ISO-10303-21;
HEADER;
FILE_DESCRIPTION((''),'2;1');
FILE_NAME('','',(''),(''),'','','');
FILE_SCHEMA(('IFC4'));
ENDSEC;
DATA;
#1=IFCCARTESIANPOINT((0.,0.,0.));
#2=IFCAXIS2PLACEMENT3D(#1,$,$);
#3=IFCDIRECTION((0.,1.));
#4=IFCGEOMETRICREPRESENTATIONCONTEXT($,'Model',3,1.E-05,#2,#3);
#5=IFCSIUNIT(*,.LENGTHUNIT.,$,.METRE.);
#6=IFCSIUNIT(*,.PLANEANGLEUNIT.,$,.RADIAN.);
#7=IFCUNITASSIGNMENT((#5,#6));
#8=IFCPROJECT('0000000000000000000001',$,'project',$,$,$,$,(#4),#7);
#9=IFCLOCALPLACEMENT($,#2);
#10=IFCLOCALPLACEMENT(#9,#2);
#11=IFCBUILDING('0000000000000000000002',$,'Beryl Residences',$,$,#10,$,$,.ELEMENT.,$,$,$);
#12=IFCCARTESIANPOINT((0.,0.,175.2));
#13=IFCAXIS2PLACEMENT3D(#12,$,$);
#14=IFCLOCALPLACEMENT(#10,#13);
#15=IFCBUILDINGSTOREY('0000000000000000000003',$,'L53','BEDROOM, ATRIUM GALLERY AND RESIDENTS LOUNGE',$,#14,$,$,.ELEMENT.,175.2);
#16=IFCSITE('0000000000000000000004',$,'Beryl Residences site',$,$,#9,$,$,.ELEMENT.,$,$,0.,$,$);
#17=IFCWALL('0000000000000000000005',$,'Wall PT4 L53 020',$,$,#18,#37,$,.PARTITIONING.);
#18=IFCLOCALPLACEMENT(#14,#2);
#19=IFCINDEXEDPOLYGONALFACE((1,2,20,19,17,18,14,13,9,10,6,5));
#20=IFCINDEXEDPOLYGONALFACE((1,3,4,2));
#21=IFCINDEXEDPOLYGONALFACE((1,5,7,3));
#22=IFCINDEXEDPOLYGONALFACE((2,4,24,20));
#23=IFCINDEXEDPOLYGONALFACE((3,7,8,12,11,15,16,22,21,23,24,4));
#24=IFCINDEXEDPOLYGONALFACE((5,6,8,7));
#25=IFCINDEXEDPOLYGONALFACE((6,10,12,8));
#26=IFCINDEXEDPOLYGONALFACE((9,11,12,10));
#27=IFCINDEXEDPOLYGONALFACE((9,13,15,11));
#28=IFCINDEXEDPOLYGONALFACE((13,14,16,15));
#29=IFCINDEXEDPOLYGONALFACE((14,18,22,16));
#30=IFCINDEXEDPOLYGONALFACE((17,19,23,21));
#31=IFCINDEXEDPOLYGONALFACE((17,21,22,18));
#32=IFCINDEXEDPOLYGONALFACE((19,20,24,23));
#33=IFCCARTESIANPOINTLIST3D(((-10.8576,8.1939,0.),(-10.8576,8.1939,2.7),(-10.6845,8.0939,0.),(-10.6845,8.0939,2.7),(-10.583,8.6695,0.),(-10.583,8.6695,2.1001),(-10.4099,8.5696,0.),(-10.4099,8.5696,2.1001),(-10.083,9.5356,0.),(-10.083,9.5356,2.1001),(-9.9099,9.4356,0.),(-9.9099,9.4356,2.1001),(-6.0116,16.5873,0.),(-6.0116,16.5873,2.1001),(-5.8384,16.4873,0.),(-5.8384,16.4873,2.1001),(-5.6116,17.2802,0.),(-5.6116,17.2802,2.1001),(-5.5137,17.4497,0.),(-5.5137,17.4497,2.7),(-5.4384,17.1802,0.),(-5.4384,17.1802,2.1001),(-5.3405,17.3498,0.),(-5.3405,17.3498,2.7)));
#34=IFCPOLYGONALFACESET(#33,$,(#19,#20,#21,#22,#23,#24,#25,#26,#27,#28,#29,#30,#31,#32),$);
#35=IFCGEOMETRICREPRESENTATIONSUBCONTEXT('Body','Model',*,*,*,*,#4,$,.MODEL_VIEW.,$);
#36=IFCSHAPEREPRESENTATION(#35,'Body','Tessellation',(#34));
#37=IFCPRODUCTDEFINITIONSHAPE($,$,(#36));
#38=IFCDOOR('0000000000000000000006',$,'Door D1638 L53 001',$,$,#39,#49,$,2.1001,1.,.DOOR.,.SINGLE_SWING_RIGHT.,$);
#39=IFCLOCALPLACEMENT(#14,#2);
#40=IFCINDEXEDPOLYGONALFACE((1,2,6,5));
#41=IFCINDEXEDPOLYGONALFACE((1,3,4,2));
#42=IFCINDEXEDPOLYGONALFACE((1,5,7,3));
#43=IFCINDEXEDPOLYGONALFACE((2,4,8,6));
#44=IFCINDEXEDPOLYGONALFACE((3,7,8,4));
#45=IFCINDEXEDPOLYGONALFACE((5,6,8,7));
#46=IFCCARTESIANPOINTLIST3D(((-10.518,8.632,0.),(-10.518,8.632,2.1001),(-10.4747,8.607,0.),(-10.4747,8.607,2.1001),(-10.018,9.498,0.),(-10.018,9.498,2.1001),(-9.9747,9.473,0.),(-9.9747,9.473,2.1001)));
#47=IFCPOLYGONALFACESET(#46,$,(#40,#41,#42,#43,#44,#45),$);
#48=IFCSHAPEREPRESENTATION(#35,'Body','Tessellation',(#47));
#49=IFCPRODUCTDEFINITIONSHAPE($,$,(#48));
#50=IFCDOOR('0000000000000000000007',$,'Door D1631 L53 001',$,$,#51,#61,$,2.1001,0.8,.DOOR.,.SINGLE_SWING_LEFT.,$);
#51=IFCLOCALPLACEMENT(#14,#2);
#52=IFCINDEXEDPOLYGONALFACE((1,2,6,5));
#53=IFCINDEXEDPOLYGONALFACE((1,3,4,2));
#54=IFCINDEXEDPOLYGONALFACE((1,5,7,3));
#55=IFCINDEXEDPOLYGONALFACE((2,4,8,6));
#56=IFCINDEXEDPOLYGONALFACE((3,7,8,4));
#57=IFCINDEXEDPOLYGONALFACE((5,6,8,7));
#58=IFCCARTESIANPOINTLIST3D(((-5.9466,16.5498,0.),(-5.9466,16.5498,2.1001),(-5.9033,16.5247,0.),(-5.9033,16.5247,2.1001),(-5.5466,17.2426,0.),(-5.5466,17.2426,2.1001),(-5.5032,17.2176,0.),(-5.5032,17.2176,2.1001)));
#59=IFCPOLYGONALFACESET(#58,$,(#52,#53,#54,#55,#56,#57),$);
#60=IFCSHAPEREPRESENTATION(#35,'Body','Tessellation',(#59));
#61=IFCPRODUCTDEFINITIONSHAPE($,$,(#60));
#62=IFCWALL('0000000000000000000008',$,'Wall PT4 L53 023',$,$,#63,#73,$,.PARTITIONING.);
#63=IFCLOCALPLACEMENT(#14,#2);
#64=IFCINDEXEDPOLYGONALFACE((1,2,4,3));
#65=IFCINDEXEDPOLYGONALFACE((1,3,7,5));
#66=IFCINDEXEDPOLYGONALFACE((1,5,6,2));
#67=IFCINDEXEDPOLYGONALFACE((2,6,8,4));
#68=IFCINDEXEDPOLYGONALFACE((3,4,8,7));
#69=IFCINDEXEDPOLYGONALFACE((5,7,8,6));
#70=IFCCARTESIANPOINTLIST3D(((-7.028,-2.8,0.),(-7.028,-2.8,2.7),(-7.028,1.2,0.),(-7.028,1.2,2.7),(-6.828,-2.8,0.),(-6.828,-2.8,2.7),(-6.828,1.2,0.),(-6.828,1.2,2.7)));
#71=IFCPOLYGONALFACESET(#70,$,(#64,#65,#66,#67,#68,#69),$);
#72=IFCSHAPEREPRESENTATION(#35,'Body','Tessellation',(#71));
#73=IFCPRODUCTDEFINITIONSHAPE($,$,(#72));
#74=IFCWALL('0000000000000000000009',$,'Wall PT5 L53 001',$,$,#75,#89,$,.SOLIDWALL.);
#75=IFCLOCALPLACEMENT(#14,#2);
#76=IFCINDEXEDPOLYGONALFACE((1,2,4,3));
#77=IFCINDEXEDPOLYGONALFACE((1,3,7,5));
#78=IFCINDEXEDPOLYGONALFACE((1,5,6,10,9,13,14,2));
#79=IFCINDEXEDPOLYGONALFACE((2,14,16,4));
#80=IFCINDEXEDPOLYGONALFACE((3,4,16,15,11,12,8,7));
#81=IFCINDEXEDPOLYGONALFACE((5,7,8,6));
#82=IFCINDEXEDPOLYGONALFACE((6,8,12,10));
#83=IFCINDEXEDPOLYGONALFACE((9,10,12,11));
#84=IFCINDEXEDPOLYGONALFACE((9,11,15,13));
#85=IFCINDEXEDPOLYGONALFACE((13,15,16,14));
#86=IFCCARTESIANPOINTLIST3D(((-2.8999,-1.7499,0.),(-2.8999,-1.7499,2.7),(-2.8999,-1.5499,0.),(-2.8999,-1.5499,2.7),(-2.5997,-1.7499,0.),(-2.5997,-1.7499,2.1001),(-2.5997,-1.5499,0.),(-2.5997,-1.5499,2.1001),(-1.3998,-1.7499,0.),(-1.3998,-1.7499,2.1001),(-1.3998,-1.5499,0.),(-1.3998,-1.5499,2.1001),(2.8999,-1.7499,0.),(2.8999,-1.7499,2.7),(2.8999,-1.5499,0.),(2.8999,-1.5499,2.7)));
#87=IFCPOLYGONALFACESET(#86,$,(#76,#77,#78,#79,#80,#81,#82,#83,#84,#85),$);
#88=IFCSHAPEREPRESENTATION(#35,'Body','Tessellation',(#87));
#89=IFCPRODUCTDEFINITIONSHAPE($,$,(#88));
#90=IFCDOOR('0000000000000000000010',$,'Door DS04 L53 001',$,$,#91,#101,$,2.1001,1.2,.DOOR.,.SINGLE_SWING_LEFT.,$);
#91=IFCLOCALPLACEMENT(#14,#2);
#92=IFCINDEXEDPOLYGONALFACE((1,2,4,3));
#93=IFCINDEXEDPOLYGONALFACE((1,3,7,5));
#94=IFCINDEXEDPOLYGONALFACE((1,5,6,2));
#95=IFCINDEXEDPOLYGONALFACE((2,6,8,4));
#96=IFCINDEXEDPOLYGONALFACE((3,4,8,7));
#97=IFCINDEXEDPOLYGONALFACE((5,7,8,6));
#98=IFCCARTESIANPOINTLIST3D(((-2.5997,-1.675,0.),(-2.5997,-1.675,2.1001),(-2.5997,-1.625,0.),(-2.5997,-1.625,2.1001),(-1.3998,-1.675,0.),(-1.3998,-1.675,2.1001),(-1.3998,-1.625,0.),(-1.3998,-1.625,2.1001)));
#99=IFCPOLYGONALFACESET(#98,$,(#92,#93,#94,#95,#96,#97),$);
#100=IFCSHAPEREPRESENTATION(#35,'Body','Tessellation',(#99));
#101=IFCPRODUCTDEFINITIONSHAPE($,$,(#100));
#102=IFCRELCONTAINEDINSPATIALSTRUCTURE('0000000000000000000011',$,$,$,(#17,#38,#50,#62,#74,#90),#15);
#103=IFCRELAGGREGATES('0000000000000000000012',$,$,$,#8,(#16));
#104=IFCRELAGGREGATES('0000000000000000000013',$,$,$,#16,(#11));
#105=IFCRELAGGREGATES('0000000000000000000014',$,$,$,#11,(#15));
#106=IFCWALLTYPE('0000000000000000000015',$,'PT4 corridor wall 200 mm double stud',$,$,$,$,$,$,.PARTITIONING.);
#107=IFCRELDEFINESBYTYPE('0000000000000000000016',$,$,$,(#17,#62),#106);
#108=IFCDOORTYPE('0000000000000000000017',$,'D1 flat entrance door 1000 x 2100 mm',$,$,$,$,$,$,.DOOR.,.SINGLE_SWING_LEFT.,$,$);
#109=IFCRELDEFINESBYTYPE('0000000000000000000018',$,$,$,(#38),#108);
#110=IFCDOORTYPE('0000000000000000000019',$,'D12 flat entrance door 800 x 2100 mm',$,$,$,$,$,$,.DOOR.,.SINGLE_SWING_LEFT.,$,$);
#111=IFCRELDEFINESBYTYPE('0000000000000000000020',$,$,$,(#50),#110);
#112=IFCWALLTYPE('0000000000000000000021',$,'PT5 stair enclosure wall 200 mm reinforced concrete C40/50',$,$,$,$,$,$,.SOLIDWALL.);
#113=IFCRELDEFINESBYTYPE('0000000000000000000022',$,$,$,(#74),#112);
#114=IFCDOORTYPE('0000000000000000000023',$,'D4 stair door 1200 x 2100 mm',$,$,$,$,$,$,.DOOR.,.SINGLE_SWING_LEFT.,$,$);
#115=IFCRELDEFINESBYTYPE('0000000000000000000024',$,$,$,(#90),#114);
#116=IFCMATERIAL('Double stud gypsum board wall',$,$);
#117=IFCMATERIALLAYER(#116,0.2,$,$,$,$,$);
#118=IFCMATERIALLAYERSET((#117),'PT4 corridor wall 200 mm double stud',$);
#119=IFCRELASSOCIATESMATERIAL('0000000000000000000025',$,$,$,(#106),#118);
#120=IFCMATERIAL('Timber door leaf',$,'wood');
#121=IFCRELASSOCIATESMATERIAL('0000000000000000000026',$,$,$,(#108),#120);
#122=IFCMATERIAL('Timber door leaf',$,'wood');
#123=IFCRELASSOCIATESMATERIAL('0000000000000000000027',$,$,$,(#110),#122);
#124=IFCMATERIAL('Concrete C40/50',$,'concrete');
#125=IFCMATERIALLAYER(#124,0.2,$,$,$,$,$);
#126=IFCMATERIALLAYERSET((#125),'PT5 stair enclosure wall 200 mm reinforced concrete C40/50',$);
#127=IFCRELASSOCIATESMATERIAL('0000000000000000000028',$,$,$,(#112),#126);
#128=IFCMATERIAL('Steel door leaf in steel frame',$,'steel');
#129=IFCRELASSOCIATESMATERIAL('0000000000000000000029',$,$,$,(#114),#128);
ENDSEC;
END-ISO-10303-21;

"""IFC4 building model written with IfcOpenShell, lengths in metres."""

from ifc_helpers import new_model, si_unit, direction, frame, frame_2d, origin, place, context, subcontext, project, spatial, rectangle, extrude, material, layer, layer_set, type_object, element, fill, save


model = new_model("IFC4")

# Units and contexts
model_context = context("Model", 3, precision=1e-05, world=origin(), true_north=direction((0.0, 1.0)))
body_context = subcontext(model_context, "Body", "Model", "MODEL_VIEW")
ifc_project = project(units=[si_unit("LENGTHUNIT", "METRE"), si_unit("PLANEANGLEUNIT", "RADIAN")], contexts=[model_context])

# Site, building, storey
site_placement = place(None, origin())
site = spatial("IfcSite", under=ifc_project, at=site_placement, Name="Beryl Residences site", CompositionType="ELEMENT", RefElevation=0.0)
building_placement = place(site_placement, origin())
building = spatial("IfcBuilding", under=site, at=building_placement, Name="Beryl Residences", CompositionType="ELEMENT")
storey_placement = place(building_placement, frame((0.0, 0.0, 175.2)))
storey = spatial("IfcBuildingStorey", under=building, at=storey_placement, Name="L53", Description="BEDROOM, ATRIUM GALLERY AND RESIDENTS LOUNGE", CompositionType="ELEMENT", Elevation=175.2)

# Shared definitions
ifc_material_1 = material(Name="Double stud gypsum board wall")
ifc_layer_1 = layer(ifc_material_1, 0.2)
ifc_layer_set_1 = layer_set([ifc_layer_1], Name="PT4 corridor wall 200 mm double stud")
wall_type_1 = type_object("IfcWallType", Name="PT4 corridor wall 200 mm double stud", PredefinedType="PARTITIONING", material=ifc_layer_set_1)

# Shared definitions
ifc_material_2 = material(Name="Timber door leaf", Category="wood")
door_type_1 = type_object("IfcDoorType", Name="D1 flat entrance door 1000 x 2100 mm", OperationType="SINGLE_SWING_LEFT", PredefinedType="DOOR", material=ifc_material_2)

# Wall, openings, doors
wall_1_placement = place(storey_placement, frame((-10.771, 8.144, 0.0), z_axis=(0.0, 0.0, 1.0), x_axis=(0.500009, 0.86602, 0.0)))
wall_1 = element("IfcWall", 1, at=wall_1_placement, inside=storey, type_object=wall_type_1, Name="Wall PT4 L53 020", PredefinedType="PARTITIONING", context=body_context, shape_type="SweptSolid", body=[
    extrude(rectangle(XDim=10.6877, YDim=0.2, at=frame_2d((5.3438, 0.0))), origin(), (0.0, 0.0, 1.0), 2.7),
])
opening_1_placement = place(wall_1_placement, frame((9.6919, 0.0, 0.0)))
opening_1 = element("IfcOpeningElement", 2, at=opening_1_placement, cuts=wall_1, PredefinedType="OPENING", context=body_context, shape_type="SweptSolid", body=[
    extrude(rectangle(XDim=0.8, YDim=2.1001, at=frame_2d((0.3999, 1.05))), frame((0.0, 0.1099, 0.0), z_axis=(0.0, -1.0, 0.0), x_axis=(1.0, 0.0, 0.0)), (0.0, 0.0, 1.0), 0.22),
])
opening_2_placement = place(wall_1_placement, frame((0.5491, 0.0, 0.0)))
opening_2 = element("IfcOpeningElement", 3, at=opening_2_placement, cuts=wall_1, PredefinedType="OPENING", context=body_context, shape_type="SweptSolid", body=[
    extrude(rectangle(XDim=1.0, YDim=2.1001, at=frame_2d((0.5, 1.05))), frame((0.0, 0.1099, 0.0), z_axis=(0.0, -1.0, 0.0), x_axis=(1.0, 0.0, 0.0)), (0.0, 0.0, 1.0), 0.22),
])
door_1_placement = place(opening_2_placement, origin())
door_1 = element("IfcDoor", 4, at=door_1_placement, inside=storey, type_object=door_type_1, Name="Door D1638 L53 001", OperationType="SINGLE_SWING_RIGHT", OverallHeight=2.1001, OverallWidth=1.0, PredefinedType="DOOR", context=body_context, shape_type="SweptSolid", body=[
    extrude(rectangle(XDim=1.0, YDim=2.1001, at=frame_2d((0.5, 1.05))), frame((0.0, 0.0249, 0.0), z_axis=(0.0, -1.0, 0.0), x_axis=(1.0, 0.0, 0.0)), (0.0, 0.0, 1.0), 0.05),
])
fill(opening_2, door_1)
ifc_material_3 = material(Name="Timber door leaf", Category="wood")
door_type_2 = type_object("IfcDoorType", Name="D12 flat entrance door 800 x 2100 mm", OperationType="SINGLE_SWING_LEFT", PredefinedType="DOOR", material=ifc_material_3)
door_2_placement = place(opening_1_placement, origin())
door_2 = element("IfcDoor", 5, at=door_2_placement, inside=storey, type_object=door_type_2, Name="Door D1631 L53 001", OperationType="SINGLE_SWING_LEFT", OverallHeight=2.1001, OverallWidth=0.8, PredefinedType="DOOR", context=body_context, shape_type="SweptSolid", body=[
    extrude(rectangle(XDim=0.8, YDim=2.1001, at=frame_2d((0.3999, 1.05))), frame((0.0, 0.0249, 0.0), z_axis=(0.0, -1.0, 0.0), x_axis=(1.0, 0.0, 0.0)), (0.0, 0.0, 1.0), 0.05),
])
fill(opening_1, door_2)

# Wall
wall_2_placement = place(storey_placement, frame((-6.928, -2.8, 0.0), z_axis=(0.0, 0.0, 1.0), x_axis=(0.0, 1.0, 0.0)))
element("IfcWall", 6, at=wall_2_placement, inside=storey, type_object=wall_type_1, Name="Wall PT4 L53 023", PredefinedType="PARTITIONING", context=body_context, shape_type="SweptSolid", body=[
    extrude(rectangle(XDim=4.0, YDim=0.2, at=frame_2d((2.0, 0.0))), origin(), (0.0, 0.0, 1.0), 2.7),
])

# Wall, opening, door
ifc_material_4 = material(Name="Concrete C40/50", Category="concrete")
ifc_layer_2 = layer(ifc_material_4, 0.2)
ifc_layer_set_2 = layer_set([ifc_layer_2], Name="PT5 stair enclosure wall 200 mm reinforced concrete C40/50")
wall_type_2 = type_object("IfcWallType", Name="PT5 stair enclosure wall 200 mm reinforced concrete C40/50", PredefinedType="SOLIDWALL", material=ifc_layer_set_2)
wall_3_placement = place(storey_placement, frame((-2.8999, -1.6499, 0.0), z_axis=(0.0, 0.0, 1.0), x_axis=(1.0, 0.0, 0.0)))
wall_3 = element("IfcWall", 7, at=wall_3_placement, inside=storey, type_object=wall_type_2, Name="Wall PT5 L53 001", PredefinedType="SOLIDWALL", context=body_context, shape_type="SweptSolid", body=[
    extrude(rectangle(XDim=5.7998, YDim=0.2, at=frame_2d((2.8999, 0.0))), origin(), (0.0, 0.0, 1.0), 2.7),
])
opening_3_placement = place(wall_3_placement, frame((0.3, 0.0, 0.0)))
opening_3 = element("IfcOpeningElement", 8, at=opening_3_placement, cuts=wall_3, PredefinedType="OPENING", context=body_context, shape_type="SweptSolid", body=[
    extrude(rectangle(XDim=1.2, YDim=2.1001, at=frame_2d((0.6001, 1.05))), frame((0.0, 0.1099, 0.0), z_axis=(0.0, -1.0, 0.0), x_axis=(1.0, 0.0, 0.0)), (0.0, 0.0, 1.0), 0.22),
])
ifc_material_5 = material(Name="Steel door leaf in steel frame", Category="steel")
door_type_3 = type_object("IfcDoorType", Name="D4 stair door 1200 x 2100 mm", OperationType="SINGLE_SWING_LEFT", PredefinedType="DOOR", material=ifc_material_5)
door_3_placement = place(opening_3_placement, origin())
door_3 = element("IfcDoor", 9, at=door_3_placement, inside=storey, type_object=door_type_3, Name="Door DS04 L53 001", OperationType="SINGLE_SWING_LEFT", OverallHeight=2.1001, OverallWidth=1.2, PredefinedType="DOOR", context=body_context, shape_type="SweptSolid", body=[
    extrude(rectangle(XDim=1.2, YDim=2.1001, at=frame_2d((0.6001, 1.05))), frame((0.0, 0.0249, 0.0), z_axis=(0.0, -1.0, 0.0), x_axis=(1.0, 0.0, 0.0)), (0.0, 0.0, 1.0), 0.05),
])
fill(opening_3, door_3)

save(model, "model.ifc")
